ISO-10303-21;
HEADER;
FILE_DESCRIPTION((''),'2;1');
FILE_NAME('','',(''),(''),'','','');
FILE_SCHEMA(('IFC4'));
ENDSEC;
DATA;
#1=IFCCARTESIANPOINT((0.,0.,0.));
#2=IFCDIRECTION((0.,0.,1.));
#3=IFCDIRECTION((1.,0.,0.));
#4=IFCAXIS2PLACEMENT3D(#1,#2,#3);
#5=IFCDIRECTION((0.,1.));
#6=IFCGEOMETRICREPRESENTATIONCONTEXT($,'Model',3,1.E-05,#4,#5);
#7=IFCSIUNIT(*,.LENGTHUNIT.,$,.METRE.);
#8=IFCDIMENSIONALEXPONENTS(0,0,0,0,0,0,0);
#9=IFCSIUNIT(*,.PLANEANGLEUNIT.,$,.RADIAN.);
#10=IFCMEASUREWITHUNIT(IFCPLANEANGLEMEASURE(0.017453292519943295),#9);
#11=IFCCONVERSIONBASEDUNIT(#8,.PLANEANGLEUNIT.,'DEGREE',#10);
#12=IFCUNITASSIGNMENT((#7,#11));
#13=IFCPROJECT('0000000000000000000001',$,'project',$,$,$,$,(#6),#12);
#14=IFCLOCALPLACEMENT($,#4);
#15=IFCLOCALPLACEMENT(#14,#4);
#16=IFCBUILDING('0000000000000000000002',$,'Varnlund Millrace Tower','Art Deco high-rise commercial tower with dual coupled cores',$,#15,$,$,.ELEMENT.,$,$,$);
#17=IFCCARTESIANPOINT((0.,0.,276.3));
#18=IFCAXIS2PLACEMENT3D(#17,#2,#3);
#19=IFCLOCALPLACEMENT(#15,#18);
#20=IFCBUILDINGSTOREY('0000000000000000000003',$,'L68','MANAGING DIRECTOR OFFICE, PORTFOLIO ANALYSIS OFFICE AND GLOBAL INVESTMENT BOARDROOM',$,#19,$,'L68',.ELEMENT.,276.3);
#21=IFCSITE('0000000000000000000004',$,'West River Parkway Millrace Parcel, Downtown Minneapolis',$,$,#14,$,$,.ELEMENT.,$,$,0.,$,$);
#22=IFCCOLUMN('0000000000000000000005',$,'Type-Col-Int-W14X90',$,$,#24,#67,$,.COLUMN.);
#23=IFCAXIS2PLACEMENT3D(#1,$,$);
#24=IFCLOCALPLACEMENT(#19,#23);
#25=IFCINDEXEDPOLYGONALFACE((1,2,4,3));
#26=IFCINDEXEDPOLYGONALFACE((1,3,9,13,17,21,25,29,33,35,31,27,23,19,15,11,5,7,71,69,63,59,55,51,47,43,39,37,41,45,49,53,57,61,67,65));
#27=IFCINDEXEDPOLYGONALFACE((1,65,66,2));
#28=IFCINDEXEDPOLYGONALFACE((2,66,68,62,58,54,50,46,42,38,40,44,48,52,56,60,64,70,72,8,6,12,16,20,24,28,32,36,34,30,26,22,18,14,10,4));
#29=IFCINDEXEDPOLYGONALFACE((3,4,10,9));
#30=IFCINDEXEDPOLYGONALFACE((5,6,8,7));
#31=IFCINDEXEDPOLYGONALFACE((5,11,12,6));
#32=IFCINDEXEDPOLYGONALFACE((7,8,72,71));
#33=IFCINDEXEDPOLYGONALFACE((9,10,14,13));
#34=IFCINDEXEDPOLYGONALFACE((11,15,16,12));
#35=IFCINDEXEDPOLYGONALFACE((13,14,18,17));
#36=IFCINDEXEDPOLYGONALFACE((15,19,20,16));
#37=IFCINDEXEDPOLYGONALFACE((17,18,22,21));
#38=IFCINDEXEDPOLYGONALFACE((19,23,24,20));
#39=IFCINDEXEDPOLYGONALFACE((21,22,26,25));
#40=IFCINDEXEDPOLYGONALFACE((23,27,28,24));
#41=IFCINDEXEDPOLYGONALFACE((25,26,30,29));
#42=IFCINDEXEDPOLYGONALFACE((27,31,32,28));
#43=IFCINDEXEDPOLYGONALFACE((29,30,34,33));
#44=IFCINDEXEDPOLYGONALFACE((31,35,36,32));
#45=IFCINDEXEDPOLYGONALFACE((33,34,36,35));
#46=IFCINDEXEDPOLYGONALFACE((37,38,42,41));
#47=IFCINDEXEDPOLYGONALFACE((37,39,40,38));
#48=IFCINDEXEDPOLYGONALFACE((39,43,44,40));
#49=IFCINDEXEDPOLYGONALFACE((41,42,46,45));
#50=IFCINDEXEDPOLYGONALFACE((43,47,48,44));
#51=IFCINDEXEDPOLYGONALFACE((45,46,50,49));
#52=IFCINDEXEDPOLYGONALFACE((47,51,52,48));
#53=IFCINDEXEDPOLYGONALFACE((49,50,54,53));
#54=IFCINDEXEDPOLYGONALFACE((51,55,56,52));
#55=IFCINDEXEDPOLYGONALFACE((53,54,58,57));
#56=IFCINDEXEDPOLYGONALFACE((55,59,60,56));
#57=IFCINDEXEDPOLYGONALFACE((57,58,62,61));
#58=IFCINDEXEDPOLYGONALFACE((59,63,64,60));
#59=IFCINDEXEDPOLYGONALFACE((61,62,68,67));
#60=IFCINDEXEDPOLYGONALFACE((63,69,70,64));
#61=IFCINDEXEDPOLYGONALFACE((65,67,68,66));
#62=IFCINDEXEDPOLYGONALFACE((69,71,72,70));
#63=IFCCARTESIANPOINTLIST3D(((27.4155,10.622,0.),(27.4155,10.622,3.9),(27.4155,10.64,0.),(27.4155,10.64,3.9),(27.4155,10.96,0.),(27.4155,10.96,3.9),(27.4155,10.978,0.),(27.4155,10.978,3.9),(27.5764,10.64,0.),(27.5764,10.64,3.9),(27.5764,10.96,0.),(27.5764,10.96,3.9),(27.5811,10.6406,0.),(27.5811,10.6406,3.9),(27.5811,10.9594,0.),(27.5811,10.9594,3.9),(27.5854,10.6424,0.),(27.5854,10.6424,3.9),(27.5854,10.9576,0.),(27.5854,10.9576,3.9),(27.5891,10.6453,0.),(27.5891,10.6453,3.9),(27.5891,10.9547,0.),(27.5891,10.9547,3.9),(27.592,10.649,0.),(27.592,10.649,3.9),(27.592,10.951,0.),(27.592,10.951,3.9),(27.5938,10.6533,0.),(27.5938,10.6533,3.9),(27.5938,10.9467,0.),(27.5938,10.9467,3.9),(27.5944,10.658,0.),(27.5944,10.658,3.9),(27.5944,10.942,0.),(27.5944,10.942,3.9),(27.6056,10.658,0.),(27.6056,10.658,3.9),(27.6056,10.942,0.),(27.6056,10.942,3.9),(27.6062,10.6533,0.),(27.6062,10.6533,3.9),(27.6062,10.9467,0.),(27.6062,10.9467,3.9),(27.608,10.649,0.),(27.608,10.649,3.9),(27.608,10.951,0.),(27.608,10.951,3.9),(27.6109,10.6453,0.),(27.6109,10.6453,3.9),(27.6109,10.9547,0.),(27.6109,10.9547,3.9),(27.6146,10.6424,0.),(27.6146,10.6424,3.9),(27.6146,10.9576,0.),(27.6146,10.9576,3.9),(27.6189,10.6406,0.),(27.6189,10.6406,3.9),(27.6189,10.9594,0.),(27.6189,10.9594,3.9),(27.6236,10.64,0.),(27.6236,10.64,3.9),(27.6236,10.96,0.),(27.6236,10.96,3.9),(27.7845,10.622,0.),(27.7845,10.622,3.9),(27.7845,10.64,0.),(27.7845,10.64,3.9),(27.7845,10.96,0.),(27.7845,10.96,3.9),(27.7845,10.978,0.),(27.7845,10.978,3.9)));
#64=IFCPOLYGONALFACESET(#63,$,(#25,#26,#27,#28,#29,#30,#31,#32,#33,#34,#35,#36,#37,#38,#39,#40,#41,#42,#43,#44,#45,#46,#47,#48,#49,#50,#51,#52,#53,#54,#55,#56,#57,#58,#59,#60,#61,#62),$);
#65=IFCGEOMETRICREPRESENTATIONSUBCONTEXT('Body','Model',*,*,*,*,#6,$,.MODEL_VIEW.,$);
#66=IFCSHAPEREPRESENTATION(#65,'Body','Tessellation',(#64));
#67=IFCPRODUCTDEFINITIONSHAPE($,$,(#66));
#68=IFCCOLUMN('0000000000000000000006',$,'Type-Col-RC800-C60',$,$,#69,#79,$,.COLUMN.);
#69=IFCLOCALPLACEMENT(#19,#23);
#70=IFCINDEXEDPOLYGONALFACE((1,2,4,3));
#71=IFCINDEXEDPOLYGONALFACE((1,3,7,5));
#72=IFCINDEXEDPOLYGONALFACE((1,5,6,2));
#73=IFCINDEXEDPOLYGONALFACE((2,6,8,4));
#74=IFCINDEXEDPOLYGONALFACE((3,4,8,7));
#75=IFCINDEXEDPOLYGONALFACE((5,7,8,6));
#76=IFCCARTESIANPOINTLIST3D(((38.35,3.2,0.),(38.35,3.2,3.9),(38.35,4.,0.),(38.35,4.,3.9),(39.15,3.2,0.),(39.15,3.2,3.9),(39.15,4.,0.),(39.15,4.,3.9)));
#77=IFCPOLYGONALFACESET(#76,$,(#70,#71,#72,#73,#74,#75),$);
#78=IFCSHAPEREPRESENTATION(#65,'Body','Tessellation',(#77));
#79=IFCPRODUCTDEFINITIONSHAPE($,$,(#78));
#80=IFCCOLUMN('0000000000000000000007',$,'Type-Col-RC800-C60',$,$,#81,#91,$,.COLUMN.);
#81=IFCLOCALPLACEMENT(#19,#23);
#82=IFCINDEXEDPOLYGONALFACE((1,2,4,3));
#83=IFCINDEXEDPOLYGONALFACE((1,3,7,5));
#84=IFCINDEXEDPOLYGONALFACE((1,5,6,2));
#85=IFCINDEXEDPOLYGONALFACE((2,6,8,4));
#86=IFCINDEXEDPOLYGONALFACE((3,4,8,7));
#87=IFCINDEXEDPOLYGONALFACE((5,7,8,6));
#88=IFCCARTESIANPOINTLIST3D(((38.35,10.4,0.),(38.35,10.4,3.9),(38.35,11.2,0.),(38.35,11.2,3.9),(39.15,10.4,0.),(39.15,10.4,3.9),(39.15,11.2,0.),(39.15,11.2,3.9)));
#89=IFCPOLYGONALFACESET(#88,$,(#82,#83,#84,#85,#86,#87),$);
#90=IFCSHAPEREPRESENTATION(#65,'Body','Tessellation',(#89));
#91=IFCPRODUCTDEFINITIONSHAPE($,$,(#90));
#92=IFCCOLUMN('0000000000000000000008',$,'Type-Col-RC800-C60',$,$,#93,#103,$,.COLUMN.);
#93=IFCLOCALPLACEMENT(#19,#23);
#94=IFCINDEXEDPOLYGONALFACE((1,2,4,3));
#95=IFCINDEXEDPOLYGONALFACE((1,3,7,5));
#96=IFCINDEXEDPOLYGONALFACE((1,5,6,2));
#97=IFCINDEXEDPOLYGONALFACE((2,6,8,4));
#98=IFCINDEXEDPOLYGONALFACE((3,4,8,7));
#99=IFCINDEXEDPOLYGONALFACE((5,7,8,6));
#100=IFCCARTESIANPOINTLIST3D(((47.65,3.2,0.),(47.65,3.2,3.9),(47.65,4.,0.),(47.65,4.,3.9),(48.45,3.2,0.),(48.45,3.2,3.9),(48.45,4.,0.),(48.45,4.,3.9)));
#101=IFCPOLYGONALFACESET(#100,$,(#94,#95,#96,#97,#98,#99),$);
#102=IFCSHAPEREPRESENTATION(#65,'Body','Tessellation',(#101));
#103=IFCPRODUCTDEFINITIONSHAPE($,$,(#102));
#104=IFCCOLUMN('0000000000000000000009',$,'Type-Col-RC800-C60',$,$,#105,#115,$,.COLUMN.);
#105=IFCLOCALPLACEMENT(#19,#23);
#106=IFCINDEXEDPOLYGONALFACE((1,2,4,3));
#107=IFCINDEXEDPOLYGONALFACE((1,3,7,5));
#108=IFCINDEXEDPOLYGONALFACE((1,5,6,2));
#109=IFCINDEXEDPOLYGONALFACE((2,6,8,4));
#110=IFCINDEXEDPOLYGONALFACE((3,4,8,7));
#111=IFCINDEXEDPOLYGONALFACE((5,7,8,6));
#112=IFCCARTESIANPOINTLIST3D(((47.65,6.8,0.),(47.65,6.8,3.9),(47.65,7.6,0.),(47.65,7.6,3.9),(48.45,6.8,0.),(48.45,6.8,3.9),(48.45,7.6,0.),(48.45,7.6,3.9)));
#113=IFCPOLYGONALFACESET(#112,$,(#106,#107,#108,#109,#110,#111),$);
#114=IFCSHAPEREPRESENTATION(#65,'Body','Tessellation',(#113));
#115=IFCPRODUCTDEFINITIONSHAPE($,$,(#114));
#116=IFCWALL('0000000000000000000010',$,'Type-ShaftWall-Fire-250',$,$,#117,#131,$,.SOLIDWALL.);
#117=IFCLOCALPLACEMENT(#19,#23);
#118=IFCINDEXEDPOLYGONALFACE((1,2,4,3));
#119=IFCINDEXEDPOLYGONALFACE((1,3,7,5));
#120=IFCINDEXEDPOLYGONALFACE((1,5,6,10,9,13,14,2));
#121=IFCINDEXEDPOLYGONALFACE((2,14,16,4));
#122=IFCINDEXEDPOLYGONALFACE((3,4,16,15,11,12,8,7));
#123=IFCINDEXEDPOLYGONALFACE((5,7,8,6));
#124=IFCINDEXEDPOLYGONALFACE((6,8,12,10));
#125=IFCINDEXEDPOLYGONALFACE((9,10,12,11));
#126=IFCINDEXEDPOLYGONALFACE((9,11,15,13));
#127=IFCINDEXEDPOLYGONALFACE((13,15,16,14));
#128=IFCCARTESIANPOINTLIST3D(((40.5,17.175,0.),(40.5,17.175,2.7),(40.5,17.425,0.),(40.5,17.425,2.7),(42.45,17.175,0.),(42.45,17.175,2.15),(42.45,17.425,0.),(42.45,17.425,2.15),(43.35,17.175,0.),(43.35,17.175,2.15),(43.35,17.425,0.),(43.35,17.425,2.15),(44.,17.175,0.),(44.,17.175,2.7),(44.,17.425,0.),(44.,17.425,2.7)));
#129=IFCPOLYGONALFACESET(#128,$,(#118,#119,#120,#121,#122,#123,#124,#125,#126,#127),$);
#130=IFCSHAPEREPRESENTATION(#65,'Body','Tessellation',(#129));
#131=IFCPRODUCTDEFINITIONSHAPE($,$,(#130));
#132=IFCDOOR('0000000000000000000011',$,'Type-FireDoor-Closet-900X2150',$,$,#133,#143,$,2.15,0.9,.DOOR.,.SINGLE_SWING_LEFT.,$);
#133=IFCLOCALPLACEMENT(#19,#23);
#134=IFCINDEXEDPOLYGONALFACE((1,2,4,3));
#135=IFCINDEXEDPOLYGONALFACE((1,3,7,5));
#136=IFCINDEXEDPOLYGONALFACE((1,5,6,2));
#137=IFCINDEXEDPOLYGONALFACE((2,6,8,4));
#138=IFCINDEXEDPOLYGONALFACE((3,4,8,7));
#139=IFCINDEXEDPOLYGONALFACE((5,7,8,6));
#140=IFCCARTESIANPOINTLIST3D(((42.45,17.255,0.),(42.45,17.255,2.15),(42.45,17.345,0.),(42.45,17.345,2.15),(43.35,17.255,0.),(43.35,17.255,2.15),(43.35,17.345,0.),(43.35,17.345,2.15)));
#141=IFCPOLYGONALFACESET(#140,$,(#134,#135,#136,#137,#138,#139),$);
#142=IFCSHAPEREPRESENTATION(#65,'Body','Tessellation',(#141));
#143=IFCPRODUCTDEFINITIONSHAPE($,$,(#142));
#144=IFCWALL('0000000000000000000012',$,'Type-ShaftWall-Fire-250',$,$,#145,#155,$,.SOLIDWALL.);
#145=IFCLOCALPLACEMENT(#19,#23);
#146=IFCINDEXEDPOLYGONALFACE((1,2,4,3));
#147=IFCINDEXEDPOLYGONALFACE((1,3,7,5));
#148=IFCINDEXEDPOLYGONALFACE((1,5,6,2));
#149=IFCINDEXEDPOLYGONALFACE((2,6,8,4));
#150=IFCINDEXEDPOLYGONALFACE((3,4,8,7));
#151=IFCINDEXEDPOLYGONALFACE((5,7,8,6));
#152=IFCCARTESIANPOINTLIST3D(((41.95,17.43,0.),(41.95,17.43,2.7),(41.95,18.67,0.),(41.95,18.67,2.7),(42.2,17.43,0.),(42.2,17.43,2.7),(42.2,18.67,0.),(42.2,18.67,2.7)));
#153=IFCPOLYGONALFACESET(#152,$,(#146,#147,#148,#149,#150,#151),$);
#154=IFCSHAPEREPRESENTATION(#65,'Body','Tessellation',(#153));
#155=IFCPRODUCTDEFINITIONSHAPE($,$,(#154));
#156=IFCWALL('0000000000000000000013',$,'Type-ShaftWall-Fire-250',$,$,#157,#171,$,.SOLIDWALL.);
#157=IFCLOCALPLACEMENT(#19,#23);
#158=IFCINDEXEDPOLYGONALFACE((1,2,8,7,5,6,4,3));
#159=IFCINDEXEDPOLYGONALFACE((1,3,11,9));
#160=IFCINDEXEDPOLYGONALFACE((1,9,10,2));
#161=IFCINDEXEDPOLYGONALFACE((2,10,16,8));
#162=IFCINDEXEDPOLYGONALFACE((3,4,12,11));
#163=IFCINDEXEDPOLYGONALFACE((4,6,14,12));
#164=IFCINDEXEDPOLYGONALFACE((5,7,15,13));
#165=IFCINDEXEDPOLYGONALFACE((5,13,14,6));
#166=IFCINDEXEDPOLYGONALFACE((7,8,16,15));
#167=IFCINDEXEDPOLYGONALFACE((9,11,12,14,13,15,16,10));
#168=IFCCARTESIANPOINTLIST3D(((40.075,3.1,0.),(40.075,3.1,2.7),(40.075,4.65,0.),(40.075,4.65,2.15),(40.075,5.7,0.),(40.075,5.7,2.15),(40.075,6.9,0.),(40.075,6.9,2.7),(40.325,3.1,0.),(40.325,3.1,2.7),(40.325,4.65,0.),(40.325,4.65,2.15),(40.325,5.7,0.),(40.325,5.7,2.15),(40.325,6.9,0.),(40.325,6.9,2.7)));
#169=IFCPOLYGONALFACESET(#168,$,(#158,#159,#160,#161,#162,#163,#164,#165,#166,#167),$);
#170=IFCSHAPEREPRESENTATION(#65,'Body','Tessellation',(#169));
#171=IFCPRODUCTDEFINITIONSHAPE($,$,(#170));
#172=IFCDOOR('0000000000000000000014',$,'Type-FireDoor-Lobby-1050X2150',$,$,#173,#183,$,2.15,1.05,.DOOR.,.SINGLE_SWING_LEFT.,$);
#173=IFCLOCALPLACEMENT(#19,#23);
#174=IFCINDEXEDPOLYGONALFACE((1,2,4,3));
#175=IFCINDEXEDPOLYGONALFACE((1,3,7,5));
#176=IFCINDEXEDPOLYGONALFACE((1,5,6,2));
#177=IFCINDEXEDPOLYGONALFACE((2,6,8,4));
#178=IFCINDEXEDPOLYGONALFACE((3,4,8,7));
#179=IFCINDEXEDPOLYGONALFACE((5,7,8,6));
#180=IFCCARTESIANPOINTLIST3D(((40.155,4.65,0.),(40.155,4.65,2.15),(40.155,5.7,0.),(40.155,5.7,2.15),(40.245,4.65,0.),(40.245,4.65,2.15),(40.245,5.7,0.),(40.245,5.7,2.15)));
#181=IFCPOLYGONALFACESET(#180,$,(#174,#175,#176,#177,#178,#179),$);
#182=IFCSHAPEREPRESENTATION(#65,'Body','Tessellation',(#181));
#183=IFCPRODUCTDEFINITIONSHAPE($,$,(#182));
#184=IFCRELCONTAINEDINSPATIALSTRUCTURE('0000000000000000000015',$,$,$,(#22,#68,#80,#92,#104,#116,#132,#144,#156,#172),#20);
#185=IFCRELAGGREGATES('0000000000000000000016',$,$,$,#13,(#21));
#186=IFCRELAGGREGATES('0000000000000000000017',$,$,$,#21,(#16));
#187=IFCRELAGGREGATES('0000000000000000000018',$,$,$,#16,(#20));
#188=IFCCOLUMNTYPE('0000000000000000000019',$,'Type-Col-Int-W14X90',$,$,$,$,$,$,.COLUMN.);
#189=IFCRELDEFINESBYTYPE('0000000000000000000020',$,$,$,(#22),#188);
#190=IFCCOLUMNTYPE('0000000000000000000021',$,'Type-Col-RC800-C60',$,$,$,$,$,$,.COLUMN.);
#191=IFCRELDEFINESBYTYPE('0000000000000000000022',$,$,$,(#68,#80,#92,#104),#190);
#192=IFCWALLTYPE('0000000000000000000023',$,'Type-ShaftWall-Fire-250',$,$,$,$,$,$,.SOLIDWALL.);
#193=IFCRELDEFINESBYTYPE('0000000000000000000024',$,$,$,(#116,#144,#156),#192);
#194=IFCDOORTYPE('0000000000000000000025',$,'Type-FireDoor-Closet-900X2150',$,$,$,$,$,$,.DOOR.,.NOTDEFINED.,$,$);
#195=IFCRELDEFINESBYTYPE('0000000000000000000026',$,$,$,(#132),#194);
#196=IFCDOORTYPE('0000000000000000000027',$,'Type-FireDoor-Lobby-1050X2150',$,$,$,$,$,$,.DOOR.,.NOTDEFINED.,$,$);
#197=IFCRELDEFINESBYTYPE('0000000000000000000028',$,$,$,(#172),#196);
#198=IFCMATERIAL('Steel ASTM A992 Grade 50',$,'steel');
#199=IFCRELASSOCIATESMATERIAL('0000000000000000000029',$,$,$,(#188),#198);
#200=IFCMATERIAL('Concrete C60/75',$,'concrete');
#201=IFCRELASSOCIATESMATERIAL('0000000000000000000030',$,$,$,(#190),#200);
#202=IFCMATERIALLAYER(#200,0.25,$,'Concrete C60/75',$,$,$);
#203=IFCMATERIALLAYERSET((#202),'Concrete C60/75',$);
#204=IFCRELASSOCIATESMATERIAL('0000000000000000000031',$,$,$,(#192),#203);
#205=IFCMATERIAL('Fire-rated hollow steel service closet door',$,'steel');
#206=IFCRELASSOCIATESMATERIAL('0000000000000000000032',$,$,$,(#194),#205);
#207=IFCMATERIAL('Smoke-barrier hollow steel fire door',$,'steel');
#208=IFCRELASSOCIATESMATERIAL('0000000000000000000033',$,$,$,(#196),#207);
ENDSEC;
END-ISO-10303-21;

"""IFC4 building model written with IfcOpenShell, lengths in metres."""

from ifc_helpers import new_model, entity, si_unit, converted_unit, direction, frame, origin_with_axes, origin_2d_with_axis, place, context, subcontext, project, spatial, polyline, rectangle, i_section, outline, extrude, material, layer, layer_set, material_profile, profile_set, type_object, element, fill, save


model = new_model("IFC4")

# Units and contexts
model_context = context("Model", 3, precision=1e-05, world=origin_with_axes(), true_north=direction((0.0, 1.0)))
body_context = subcontext(model_context, "Body", "Model", "MODEL_VIEW")
ifc_project = project(units=[si_unit("LENGTHUNIT", "METRE"), converted_unit("PLANEANGLEUNIT", "DEGREE", entity("IfcPlaneAngleMeasure", 0.017453292519943295), si_unit("PLANEANGLEUNIT", "RADIAN"), dimensions=[0, 0, 0, 0, 0, 0, 0])], contexts=[model_context])

# Site, building, storey
site_placement = place(None, origin_with_axes())
site = spatial("IfcSite", under=ifc_project, at=site_placement, Name="West River Parkway Millrace Parcel, Downtown Minneapolis", CompositionType="ELEMENT", RefElevation=0.0)
building_placement = place(site_placement, origin_with_axes())
building = spatial("IfcBuilding", under=site, at=building_placement, Name="Varnlund Millrace Tower", Description="Art Deco high-rise commercial tower with dual coupled cores", CompositionType="ELEMENT")
storey_placement = place(building_placement, frame((0.0, 0.0, 276.3), z_axis=(0.0, 0.0, 1.0), x_axis=(1.0, 0.0, 0.0)))
storey = spatial("IfcBuildingStorey", under=building, at=storey_placement, Name="L68", Description="MANAGING DIRECTOR OFFICE, PORTFOLIO ANALYSIS OFFICE AND GLOBAL INVESTMENT BOARDROOM", LongName="L68", CompositionType="ELEMENT", Elevation=276.3)

# Columns
ifc_material_1 = material(Name="Steel ASTM A992 Grade 50", Category="steel")
ifc_material_profile_1 = material_profile(ifc_material_1, i_section(OverallWidth=0.369, OverallDepth=0.356, WebThickness=0.0112, FlangeThickness=0.018, FilletRadius=0.018, at=origin_2d_with_axis()), Name="Steel ASTM A992 Grade 50")
ifc_profile_set_1 = profile_set([ifc_material_profile_1], Name="Steel ASTM A992 Grade 50")
column_type_1 = type_object("IfcColumnType", Name="Type-Col-Int-W14X90", PredefinedType="COLUMN", material=ifc_profile_set_1)
column_placement = place(storey_placement, frame((27.6, 10.8, 0.0), z_axis=(0.0, 0.0, 1.0), x_axis=(1.0, 0.0, 0.0)))
element("IfcColumn", 1, at=column_placement, inside=storey, type_object=column_type_1, Name="Type-Col-Int-W14X90", PredefinedType="COLUMN", context=body_context, shape_type="SweptSolid", body=[
    extrude(i_section(OverallWidth=0.369, OverallDepth=0.356, WebThickness=0.0112, FlangeThickness=0.018, FilletRadius=0.018, at=origin_2d_with_axis()), origin_with_axes(), (0.0, 0.0, 1.0), 3.9),
])
ifc_material_2 = material(Name="Concrete C60/75", Category="concrete")
ifc_material_profile_2 = material_profile(ifc_material_2, rectangle(XDim=0.8, YDim=0.8, at=origin_2d_with_axis()), Name="Concrete C60/75")
ifc_profile_set_2 = profile_set([ifc_material_profile_2], Name="Concrete C60/75")
column_type_2 = type_object("IfcColumnType", Name="Type-Col-RC800-C60", PredefinedType="COLUMN", material=ifc_profile_set_2)
for number, where, z_axis, x_axis, name in (
    (2, (38.75, 3.6, 0.0), (0.0, 0.0, 1.0), (1.0, 0.0, 0.0), "Type-Col-RC800-C60"),
    (3, (38.75, 10.8, 0.0), (0.0, 0.0, 1.0), (1.0, 0.0, 0.0), "Type-Col-RC800-C60"),
    (4, (48.05, 3.6, 0.0), (0.0, 0.0, 1.0), (1.0, 0.0, 0.0), "Type-Col-RC800-C60"),
    (5, (48.05, 7.2, 0.0), (0.0, 0.0, 1.0), (1.0, 0.0, 0.0), "Type-Col-RC800-C60"),
):
    element("IfcColumn", number, at=place(storey_placement, frame(where, z_axis=z_axis, x_axis=x_axis)), inside=storey, type_object=column_type_2, Name=name, PredefinedType="COLUMN", context=body_context, shape_type="SweptSolid", body=[
        extrude(rectangle(XDim=0.8, YDim=0.8, at=origin_2d_with_axis()), origin_with_axes(), (0.0, 0.0, 1.0), 3.9),
    ])

# Wall, opening, door
ifc_layer = layer(ifc_material_2, 0.25, Name="Concrete C60/75")
ifc_layer_set = layer_set([ifc_layer], Name="Concrete C60/75")
wall_type = type_object("IfcWallType", Name="Type-ShaftWall-Fire-250", PredefinedType="SOLIDWALL", material=ifc_layer_set)
wall_1_placement = place(storey_placement, frame((40.5, 17.3, 0.0), z_axis=(0.0, 0.0, 1.0), x_axis=(1.0, 0.0, 0.0)))
wall_1 = element("IfcWall", 6, at=wall_1_placement, inside=storey, type_object=wall_type, Name="Type-ShaftWall-Fire-250", PredefinedType="SOLIDWALL", context=body_context, shape_type="SweptSolid", body=[
    extrude(outline(polyline([(0.0, -0.125), (3.5, -0.125), (3.5, 0.125), (0.0, 0.125), (0.0, -0.125)])), origin_with_axes(), (0.0, 0.0, 1.0), 2.7),
])
opening_1_placement = place(wall_1_placement, frame((2.4, 0.0, 0.0), z_axis=(0.0, 0.0, 1.0), x_axis=(1.0, 0.0, 0.0)))
opening_1 = element("IfcOpeningElement", 7, at=opening_1_placement, cuts=wall_1, PredefinedType="OPENING", context=body_context, shape_type="SweptSolid", body=[
    extrude(rectangle(XDim=0.9, YDim=0.27, at=origin_2d_with_axis()), origin_with_axes(), (0.0, 0.0, 1.0), 2.15),
])
ifc_material_3 = material(Name="Fire-rated hollow steel service closet door", Category="steel")
door_type_1 = type_object("IfcDoorType", Name="Type-FireDoor-Closet-900X2150", OperationType="NOTDEFINED", PredefinedType="DOOR", material=ifc_material_3)
door_1_placement = place(wall_1_placement, frame((2.4, 0.0, 0.0), z_axis=(0.0, 0.0, 1.0), x_axis=(1.0, 0.0, 0.0)))
door_1 = element("IfcDoor", 8, at=door_1_placement, inside=storey, type_object=door_type_1, Name="Type-FireDoor-Closet-900X2150", OperationType="SINGLE_SWING_LEFT", OverallHeight=2.15, OverallWidth=0.9, PredefinedType="DOOR", context=body_context, shape_type="SweptSolid", body=[
    extrude(rectangle(XDim=0.9, YDim=0.09, at=origin_2d_with_axis()), origin_with_axes(), (0.0, 0.0, 1.0), 2.15),
])
fill(opening_1, door_1)

# Wall
wall_2_placement = place(storey_placement, frame((42.075, 17.43, 0.0), z_axis=(0.0, 0.0, 1.0), x_axis=(0.0, 1.0, 0.0)))
element("IfcWall", 9, at=wall_2_placement, inside=storey, type_object=wall_type, Name="Type-ShaftWall-Fire-250", PredefinedType="SOLIDWALL", context=body_context, shape_type="SweptSolid", body=[
    extrude(outline(polyline([(0.0, -0.125), (1.24, -0.125), (1.24, 0.125), (0.0, 0.125), (0.0, -0.125)])), origin_with_axes(), (0.0, 0.0, 1.0), 2.7),
])

# Wall, opening, door
wall_3_placement = place(storey_placement, frame((40.2, 3.1, 0.0), z_axis=(0.0, 0.0, 1.0), x_axis=(0.0, 1.0, 0.0)))
wall_3 = element("IfcWall", 10, at=wall_3_placement, inside=storey, type_object=wall_type, Name="Type-ShaftWall-Fire-250", PredefinedType="SOLIDWALL", context=body_context, shape_type="SweptSolid", body=[
    extrude(outline(polyline([(0.0, -0.125), (3.8, -0.125), (3.8, 0.125), (0.0, 0.125), (0.0, -0.125)])), origin_with_axes(), (0.0, 0.0, 1.0), 2.7),
])
opening_2_placement = place(wall_3_placement, frame((2.075, 0.0, 0.0), z_axis=(0.0, 0.0, 1.0), x_axis=(1.0, 0.0, 0.0)))
opening_2 = element("IfcOpeningElement", 11, at=opening_2_placement, cuts=wall_3, PredefinedType="OPENING", context=body_context, shape_type="SweptSolid", body=[
    extrude(rectangle(XDim=1.05, YDim=0.27, at=origin_2d_with_axis()), origin_with_axes(), (0.0, 0.0, 1.0), 2.15),
])
ifc_material_4 = material(Name="Smoke-barrier hollow steel fire door", Category="steel")
door_type_2 = type_object("IfcDoorType", Name="Type-FireDoor-Lobby-1050X2150", OperationType="NOTDEFINED", PredefinedType="DOOR", material=ifc_material_4)
door_2_placement = place(wall_3_placement, frame((2.075, 0.0, 0.0), z_axis=(0.0, 0.0, 1.0), x_axis=(1.0, 0.0, 0.0)))
door_2 = element("IfcDoor", 12, at=door_2_placement, inside=storey, type_object=door_type_2, Name="Type-FireDoor-Lobby-1050X2150", OperationType="SINGLE_SWING_LEFT", OverallHeight=2.15, OverallWidth=1.05, PredefinedType="DOOR", context=body_context, shape_type="SweptSolid", body=[
    extrude(rectangle(XDim=1.05, YDim=0.09, at=origin_2d_with_axis()), origin_with_axes(), (0.0, 0.0, 1.0), 2.15),
])
fill(opening_2, door_2)

save(model, "model.ifc")
